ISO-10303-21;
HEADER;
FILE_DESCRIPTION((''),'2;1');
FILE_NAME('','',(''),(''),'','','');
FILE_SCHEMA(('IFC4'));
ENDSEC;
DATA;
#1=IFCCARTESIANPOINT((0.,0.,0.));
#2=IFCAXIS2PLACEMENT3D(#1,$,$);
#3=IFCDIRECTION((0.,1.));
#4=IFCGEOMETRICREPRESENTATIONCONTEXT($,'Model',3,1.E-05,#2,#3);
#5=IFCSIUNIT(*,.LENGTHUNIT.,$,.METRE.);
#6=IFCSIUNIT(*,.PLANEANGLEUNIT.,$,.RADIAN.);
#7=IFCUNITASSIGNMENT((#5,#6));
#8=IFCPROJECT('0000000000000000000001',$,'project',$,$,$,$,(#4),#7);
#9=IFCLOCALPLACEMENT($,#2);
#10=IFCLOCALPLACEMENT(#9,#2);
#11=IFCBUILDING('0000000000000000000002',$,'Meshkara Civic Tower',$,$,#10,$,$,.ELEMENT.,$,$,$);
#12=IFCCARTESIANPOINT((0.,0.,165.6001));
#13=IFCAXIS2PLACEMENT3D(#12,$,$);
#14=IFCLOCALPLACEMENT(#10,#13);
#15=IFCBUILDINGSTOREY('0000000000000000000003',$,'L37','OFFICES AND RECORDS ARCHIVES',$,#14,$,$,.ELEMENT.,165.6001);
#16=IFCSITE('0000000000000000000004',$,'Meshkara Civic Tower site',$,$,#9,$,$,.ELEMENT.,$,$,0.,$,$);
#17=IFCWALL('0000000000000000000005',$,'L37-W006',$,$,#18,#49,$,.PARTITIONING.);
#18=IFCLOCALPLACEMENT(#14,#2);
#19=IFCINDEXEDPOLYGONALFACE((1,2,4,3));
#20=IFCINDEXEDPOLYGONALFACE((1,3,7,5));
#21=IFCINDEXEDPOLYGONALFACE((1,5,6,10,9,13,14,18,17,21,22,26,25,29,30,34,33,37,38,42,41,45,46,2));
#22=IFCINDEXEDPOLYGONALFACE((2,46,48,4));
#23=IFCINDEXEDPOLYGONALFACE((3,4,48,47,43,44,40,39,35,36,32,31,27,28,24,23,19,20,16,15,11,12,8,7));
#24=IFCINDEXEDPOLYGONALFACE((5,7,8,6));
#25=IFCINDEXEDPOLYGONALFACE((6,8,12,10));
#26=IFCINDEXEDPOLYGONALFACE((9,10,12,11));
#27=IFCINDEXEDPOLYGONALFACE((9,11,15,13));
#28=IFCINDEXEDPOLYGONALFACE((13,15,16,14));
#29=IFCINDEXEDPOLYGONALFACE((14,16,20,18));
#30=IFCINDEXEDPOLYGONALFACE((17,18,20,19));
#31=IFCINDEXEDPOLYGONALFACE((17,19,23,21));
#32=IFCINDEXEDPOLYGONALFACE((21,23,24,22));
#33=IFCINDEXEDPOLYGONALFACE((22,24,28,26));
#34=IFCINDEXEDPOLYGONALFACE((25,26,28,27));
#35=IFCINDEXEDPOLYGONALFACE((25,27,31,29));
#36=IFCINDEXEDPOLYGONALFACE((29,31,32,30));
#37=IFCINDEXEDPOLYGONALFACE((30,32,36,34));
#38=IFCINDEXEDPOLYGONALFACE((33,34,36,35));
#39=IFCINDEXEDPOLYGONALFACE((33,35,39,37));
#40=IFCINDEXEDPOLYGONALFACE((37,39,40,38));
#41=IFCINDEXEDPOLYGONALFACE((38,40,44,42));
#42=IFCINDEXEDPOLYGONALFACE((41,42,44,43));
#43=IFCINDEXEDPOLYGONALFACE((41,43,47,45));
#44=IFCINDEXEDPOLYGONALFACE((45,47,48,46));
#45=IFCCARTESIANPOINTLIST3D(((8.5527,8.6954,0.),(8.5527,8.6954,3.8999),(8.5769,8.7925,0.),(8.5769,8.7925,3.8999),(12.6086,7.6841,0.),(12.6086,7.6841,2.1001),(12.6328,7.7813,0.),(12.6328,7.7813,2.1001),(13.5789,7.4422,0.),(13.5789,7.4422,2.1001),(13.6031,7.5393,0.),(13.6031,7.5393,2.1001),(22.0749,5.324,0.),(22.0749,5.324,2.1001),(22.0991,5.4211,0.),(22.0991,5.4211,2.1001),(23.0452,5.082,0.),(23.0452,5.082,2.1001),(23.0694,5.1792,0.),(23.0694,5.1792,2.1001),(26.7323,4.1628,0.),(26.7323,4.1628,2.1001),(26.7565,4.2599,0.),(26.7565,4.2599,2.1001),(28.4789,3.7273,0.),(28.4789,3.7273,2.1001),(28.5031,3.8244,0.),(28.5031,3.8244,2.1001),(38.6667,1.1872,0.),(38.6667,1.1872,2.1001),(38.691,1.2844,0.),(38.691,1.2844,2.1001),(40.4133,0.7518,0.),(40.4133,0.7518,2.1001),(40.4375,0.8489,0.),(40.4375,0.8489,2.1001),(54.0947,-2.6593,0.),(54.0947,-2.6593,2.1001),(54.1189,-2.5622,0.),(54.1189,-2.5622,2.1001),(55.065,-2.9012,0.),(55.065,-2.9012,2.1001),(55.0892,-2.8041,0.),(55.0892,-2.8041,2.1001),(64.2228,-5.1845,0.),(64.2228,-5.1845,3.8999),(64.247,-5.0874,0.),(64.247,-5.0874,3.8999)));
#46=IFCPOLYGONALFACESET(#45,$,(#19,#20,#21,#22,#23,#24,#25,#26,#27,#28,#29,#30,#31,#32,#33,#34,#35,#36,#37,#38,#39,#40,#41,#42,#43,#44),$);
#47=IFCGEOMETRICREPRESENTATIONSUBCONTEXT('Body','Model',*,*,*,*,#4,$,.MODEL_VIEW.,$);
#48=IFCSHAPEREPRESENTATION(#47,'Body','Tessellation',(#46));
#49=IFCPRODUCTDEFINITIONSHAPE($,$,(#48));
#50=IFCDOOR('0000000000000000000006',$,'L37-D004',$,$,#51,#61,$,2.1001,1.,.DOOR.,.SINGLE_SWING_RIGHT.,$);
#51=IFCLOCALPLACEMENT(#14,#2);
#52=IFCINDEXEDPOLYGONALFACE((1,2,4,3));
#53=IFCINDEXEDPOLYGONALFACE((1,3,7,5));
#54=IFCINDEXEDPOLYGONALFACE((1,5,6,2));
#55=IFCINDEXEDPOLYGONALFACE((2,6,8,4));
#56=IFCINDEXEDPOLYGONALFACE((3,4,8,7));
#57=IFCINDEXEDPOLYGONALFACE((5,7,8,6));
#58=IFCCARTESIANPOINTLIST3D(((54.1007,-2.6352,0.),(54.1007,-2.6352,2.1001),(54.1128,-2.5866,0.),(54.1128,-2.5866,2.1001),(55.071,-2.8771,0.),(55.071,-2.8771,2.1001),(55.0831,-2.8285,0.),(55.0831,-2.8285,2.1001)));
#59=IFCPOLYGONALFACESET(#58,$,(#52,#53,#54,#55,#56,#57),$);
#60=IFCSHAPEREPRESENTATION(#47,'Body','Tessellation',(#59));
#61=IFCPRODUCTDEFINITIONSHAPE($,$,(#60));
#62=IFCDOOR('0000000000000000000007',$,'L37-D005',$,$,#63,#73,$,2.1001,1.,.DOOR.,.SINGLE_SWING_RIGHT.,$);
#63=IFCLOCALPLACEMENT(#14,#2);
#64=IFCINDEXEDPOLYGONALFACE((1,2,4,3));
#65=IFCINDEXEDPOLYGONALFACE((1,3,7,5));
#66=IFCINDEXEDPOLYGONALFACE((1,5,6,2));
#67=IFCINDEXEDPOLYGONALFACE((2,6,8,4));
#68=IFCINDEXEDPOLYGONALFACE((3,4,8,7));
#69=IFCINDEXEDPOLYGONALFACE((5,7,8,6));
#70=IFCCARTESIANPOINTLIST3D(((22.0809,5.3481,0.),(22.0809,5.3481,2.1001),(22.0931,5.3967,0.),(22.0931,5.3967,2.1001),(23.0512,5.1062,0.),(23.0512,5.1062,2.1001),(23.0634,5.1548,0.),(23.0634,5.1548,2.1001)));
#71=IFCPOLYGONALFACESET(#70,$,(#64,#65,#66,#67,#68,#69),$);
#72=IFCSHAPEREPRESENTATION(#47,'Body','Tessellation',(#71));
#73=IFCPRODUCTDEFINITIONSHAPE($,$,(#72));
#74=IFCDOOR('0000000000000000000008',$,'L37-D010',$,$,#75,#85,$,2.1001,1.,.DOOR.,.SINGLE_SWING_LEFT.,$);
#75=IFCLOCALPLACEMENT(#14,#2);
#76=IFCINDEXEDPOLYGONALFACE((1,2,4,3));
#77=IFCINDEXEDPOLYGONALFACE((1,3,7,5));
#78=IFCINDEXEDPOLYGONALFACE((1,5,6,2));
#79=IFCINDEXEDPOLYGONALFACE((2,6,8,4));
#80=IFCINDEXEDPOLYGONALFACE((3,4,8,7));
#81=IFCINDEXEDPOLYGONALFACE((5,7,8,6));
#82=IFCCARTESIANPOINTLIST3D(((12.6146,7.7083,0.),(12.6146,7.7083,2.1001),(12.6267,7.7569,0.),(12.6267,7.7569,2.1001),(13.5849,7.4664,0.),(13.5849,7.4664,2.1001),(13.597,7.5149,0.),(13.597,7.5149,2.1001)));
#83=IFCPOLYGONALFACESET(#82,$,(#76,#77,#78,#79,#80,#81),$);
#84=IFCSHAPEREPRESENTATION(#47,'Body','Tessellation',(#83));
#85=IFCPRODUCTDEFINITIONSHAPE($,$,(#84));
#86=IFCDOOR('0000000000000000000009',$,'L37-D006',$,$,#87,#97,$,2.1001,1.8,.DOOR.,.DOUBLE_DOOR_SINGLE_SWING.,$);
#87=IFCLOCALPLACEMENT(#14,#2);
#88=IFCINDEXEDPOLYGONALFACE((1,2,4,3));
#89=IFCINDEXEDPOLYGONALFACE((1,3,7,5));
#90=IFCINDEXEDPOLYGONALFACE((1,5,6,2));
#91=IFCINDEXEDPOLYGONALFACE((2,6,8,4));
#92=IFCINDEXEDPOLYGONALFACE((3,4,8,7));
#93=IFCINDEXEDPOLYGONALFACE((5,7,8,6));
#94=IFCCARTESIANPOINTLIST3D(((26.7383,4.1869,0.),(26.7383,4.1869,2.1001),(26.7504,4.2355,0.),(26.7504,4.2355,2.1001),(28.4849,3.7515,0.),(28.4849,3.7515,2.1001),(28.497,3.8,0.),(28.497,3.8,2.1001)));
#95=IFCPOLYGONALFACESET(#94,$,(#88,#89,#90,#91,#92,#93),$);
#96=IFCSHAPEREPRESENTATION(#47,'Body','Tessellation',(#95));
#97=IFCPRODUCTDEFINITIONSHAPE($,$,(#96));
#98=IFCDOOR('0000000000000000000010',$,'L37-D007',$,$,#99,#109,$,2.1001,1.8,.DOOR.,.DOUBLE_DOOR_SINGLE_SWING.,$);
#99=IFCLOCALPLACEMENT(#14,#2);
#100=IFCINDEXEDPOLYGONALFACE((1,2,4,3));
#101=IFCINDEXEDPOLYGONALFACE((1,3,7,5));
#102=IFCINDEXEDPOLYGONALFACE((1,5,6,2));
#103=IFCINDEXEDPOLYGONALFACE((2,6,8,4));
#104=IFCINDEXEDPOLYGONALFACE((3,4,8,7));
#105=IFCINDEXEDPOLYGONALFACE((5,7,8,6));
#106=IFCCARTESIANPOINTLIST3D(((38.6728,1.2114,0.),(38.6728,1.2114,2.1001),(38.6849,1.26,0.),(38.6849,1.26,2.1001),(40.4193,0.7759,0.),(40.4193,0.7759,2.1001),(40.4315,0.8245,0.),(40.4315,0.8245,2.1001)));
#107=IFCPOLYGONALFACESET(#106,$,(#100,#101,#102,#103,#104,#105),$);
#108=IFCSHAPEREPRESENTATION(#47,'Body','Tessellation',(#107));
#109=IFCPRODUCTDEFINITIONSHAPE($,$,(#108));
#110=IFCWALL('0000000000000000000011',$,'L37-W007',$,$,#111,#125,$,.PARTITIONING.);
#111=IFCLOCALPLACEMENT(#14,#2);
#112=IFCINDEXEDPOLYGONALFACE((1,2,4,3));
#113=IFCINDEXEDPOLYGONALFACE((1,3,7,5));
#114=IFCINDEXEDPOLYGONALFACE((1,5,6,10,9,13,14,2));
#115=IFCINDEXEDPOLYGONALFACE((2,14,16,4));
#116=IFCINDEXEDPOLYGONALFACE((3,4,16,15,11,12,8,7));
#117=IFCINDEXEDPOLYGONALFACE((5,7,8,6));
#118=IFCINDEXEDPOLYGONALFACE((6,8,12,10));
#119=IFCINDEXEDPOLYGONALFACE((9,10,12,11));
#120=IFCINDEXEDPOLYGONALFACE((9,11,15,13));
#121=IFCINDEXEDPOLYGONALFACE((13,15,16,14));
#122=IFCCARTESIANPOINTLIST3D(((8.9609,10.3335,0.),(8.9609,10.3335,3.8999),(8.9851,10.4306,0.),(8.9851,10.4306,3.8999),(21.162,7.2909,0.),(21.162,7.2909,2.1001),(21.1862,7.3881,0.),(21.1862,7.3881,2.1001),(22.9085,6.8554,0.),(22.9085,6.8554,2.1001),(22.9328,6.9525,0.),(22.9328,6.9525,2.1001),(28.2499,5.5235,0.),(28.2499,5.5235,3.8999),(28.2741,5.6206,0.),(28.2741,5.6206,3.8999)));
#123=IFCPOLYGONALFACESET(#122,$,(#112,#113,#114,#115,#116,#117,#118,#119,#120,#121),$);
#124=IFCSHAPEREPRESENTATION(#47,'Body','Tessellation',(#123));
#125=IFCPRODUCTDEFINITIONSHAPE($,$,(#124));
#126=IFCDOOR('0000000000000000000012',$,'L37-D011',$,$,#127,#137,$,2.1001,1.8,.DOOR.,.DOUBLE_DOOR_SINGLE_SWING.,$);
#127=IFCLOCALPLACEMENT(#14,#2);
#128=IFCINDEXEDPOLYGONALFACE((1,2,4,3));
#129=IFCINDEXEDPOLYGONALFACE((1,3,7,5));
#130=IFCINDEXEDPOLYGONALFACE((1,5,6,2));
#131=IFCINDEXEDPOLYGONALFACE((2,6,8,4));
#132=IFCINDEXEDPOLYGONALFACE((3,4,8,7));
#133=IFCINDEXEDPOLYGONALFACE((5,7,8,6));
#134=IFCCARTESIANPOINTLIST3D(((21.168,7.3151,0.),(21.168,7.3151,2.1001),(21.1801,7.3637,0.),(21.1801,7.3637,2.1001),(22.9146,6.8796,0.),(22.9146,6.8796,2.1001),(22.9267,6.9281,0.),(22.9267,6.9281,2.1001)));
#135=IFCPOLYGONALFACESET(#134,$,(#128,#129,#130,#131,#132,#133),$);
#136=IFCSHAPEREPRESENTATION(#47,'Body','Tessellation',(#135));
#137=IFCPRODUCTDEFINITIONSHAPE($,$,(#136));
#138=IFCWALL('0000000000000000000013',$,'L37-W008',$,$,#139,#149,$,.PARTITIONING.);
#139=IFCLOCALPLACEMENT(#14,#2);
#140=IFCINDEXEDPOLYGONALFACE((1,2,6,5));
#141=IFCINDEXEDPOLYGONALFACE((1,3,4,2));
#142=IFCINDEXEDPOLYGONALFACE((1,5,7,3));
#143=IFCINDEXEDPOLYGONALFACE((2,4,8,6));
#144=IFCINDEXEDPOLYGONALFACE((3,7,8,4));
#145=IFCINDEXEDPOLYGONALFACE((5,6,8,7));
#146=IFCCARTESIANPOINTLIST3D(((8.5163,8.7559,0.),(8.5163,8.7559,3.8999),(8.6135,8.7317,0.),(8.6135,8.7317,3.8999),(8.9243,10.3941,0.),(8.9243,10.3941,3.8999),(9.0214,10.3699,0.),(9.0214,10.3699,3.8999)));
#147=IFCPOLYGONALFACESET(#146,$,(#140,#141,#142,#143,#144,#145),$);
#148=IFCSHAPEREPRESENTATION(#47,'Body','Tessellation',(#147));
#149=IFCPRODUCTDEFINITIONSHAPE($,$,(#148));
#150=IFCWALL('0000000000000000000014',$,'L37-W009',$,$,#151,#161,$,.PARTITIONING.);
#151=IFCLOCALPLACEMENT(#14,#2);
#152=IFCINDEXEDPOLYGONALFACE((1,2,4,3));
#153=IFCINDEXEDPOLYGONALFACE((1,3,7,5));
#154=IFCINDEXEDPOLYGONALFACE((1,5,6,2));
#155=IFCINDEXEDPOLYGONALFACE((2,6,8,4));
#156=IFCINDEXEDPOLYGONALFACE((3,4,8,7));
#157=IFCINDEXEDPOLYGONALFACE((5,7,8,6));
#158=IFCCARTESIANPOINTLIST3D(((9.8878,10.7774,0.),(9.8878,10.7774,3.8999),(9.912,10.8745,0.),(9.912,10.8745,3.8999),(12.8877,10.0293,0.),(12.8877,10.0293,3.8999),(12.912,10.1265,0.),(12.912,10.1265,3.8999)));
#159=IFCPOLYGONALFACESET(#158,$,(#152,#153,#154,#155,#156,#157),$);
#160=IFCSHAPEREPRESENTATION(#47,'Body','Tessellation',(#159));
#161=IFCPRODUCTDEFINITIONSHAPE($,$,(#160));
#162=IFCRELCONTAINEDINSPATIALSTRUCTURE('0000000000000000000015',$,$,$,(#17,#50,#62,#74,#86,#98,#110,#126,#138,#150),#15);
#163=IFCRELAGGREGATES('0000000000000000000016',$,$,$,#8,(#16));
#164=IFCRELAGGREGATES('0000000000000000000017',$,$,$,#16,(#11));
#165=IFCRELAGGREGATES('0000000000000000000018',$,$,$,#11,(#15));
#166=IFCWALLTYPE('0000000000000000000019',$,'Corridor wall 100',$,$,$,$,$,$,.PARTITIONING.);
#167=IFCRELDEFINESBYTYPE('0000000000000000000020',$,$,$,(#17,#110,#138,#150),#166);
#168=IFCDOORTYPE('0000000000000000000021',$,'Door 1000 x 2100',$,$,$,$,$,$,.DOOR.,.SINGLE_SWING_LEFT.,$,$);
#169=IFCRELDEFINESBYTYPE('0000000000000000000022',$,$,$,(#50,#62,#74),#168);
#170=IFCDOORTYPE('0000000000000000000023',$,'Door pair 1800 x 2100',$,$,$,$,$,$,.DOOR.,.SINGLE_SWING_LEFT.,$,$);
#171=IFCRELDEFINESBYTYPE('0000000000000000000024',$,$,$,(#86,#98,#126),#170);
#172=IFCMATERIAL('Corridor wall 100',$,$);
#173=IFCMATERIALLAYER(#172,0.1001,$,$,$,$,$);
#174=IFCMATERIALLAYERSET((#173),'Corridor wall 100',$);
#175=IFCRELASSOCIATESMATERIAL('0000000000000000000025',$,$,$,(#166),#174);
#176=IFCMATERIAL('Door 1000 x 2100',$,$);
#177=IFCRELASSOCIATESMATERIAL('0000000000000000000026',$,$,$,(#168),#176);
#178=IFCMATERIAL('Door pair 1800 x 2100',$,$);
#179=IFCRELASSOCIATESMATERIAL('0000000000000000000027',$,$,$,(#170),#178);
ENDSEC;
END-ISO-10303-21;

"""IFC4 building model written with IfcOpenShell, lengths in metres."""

from ifc_helpers import new_model, si_unit, direction, frame, frame_2d, origin, place, context, subcontext, project, spatial, rectangle, extrude, material, layer, layer_set, type_object, element, fill, save


model = new_model("IFC4")

# Units and contexts
model_context = context("Model", 3, precision=1e-05, world=origin(), true_north=direction((0.0, 1.0)))
body_context = subcontext(model_context, "Body", "Model", "MODEL_VIEW")
ifc_project = project(units=[si_unit("LENGTHUNIT", "METRE"), si_unit("PLANEANGLEUNIT", "RADIAN")], contexts=[model_context])

# Site, building, storey
site_placement = place(None, origin())
site = spatial("IfcSite", under=ifc_project, at=site_placement, Name="Meshkara Civic Tower site", CompositionType="ELEMENT", RefElevation=0.0)
building_placement = place(site_placement, origin())
building = spatial("IfcBuilding", under=site, at=building_placement, Name="Meshkara Civic Tower", CompositionType="ELEMENT")
storey_placement = place(building_placement, frame((0.0, 0.0, 165.6001)))
storey = spatial("IfcBuildingStorey", under=building, at=storey_placement, Name="L37", Description="OFFICES AND RECORDS ARCHIVES", CompositionType="ELEMENT", Elevation=165.6001)

# Shared definitions
ifc_material_1 = material(Name="Corridor wall 100")
ifc_layer_1 = layer(ifc_material_1, 0.1001)
ifc_layer_set_1 = layer_set([ifc_layer_1], Name="Corridor wall 100")
wall_type_1 = type_object("IfcWallType", Name="Corridor wall 100", PredefinedType="PARTITIONING", material=ifc_layer_set_1)
ifc_material_2 = material(Name="Door 1000 x 2100")
door_type_1 = type_object("IfcDoorType", Name="Door 1000 x 2100", OperationType="SINGLE_SWING_LEFT", PredefinedType="DOOR", material=ifc_material_2)

# Wall, openings, doors
wall_1_placement = place(storey_placement, frame((8.5649, 8.7439, 0.0), z_axis=(0.0, 0.0, 1.0), x_axis=(0.970297, -0.241918, 0.0)))
wall_1 = element("IfcWall", 1, at=wall_1_placement, inside=storey, type_object=wall_type_1, Name="L37-W006", PredefinedType="PARTITIONING", context=body_context, shape_type="SweptSolid", body=[
    extrude(rectangle(XDim=57.3743, YDim=0.1001, at=frame_2d((28.687, 0.0))), origin(), (0.0, 0.0, 1.0), 3.8999),
])
opening_1_placement = place(wall_1_placement, frame((46.936, 0.0, 0.0)))
opening_1 = element("IfcOpeningElement", 2, at=opening_1_placement, cuts=wall_1, PredefinedType="OPENING", context=body_context, shape_type="SweptSolid", body=[
    extrude(rectangle(XDim=1.0, YDim=2.1001, at=frame_2d((0.5, 1.05))), frame((0.0, 0.0601, 0.0), z_axis=(0.0, -1.0, 0.0), x_axis=(1.0, 0.0, 0.0)), (0.0, 0.0, 1.0), 0.1201),
])
opening_2_placement = place(wall_1_placement, frame((13.936, 0.0, 0.0)))
opening_2 = element("IfcOpeningElement", 3, at=opening_2_placement, cuts=wall_1, PredefinedType="OPENING", context=body_context, shape_type="SweptSolid", body=[
    extrude(rectangle(XDim=1.0, YDim=2.1001, at=frame_2d((0.5, 1.05))), frame((0.0, 0.0601, 0.0), z_axis=(0.0, -1.0, 0.0), x_axis=(1.0, 0.0, 0.0)), (0.0, 0.0, 1.0), 0.1201),
])
opening_3_placement = place(wall_1_placement, frame((18.7361, 0.0, 0.0)))
opening_3 = element("IfcOpeningElement", 4, at=opening_3_placement, cuts=wall_1, PredefinedType="OPENING", context=body_context, shape_type="SweptSolid", body=[
    extrude(rectangle(XDim=1.8, YDim=2.1001, at=frame_2d((0.8999, 1.05))), frame((0.0, 0.0601, 0.0), z_axis=(0.0, -1.0, 0.0), x_axis=(1.0, 0.0, 0.0)), (0.0, 0.0, 1.0), 0.1201),
])
opening_4_placement = place(wall_1_placement, frame((31.0359, 0.0, 0.0)))
opening_4 = element("IfcOpeningElement", 5, at=opening_4_placement, cuts=wall_1, PredefinedType="OPENING", context=body_context, shape_type="SweptSolid", body=[
    extrude(rectangle(XDim=1.8, YDim=2.1001, at=frame_2d((0.8999, 1.05))), frame((0.0, 0.0601, 0.0), z_axis=(0.0, -1.0, 0.0), x_axis=(1.0, 0.0, 0.0)), (0.0, 0.0, 1.0), 0.1201),
])
opening_5_placement = place(wall_1_placement, frame((4.1799, 0.0, 0.0)))
opening_5 = element("IfcOpeningElement", 6, at=opening_5_placement, cuts=wall_1, PredefinedType="OPENING", context=body_context, shape_type="SweptSolid", body=[
    extrude(rectangle(XDim=1.0, YDim=2.1001, at=frame_2d((0.5, 1.05))), frame((0.0, 0.0601, 0.0), z_axis=(0.0, -1.0, 0.0), x_axis=(1.0, 0.0, 0.0)), (0.0, 0.0, 1.0), 0.1201),
])
door_1_placement = place(opening_1_placement, origin())
door_1 = element("IfcDoor", 7, at=door_1_placement, inside=storey, type_object=door_type_1, Name="L37-D004", OperationType="SINGLE_SWING_RIGHT", OverallHeight=2.1001, OverallWidth=1.0, PredefinedType="DOOR", context=body_context, shape_type="SweptSolid", body=[
    extrude(rectangle(XDim=1.0, YDim=2.1001, at=frame_2d((0.5, 1.05))), frame((0.0, 0.0249, 0.0), z_axis=(0.0, -1.0, 0.0), x_axis=(1.0, 0.0, 0.0)), (0.0, 0.0, 1.0), 0.05),
])
fill(opening_1, door_1)
door_2_placement = place(opening_2_placement, origin())
door_2 = element("IfcDoor", 8, at=door_2_placement, inside=storey, type_object=door_type_1, Name="L37-D005", OperationType="SINGLE_SWING_RIGHT", OverallHeight=2.1001, OverallWidth=1.0, PredefinedType="DOOR", context=body_context, shape_type="SweptSolid", body=[
    extrude(rectangle(XDim=1.0, YDim=2.1001, at=frame_2d((0.5, 1.05))), frame((0.0, 0.0249, 0.0), z_axis=(0.0, -1.0, 0.0), x_axis=(1.0, 0.0, 0.0)), (0.0, 0.0, 1.0), 0.05),
])
fill(opening_2, door_2)
door_3_placement = place(opening_5_placement, origin())
door_3 = element("IfcDoor", 9, at=door_3_placement, inside=storey, type_object=door_type_1, Name="L37-D010", OperationType="SINGLE_SWING_LEFT", OverallHeight=2.1001, OverallWidth=1.0, PredefinedType="DOOR", context=body_context, shape_type="SweptSolid", body=[
    extrude(rectangle(XDim=1.0, YDim=2.1001, at=frame_2d((0.5, 1.05))), frame((0.0, 0.0249, 0.0), z_axis=(0.0, -1.0, 0.0), x_axis=(1.0, 0.0, 0.0)), (0.0, 0.0, 1.0), 0.05),
])
fill(opening_5, door_3)
ifc_material_3 = material(Name="Door pair 1800 x 2100")
door_type_2 = type_object("IfcDoorType", Name="Door pair 1800 x 2100", OperationType="SINGLE_SWING_LEFT", PredefinedType="DOOR", material=ifc_material_3)
door_4_placement = place(opening_3_placement, origin())
door_4 = element("IfcDoor", 10, at=door_4_placement, inside=storey, type_object=door_type_2, Name="L37-D006", OperationType="DOUBLE_DOOR_SINGLE_SWING", OverallHeight=2.1001, OverallWidth=1.8, PredefinedType="DOOR", context=body_context, shape_type="SweptSolid", body=[
    extrude(rectangle(XDim=1.8, YDim=2.1001, at=frame_2d((0.8999, 1.05))), frame((0.0, 0.0249, 0.0), z_axis=(0.0, -1.0, 0.0), x_axis=(1.0, 0.0, 0.0)), (0.0, 0.0, 1.0), 0.05),
])
fill(opening_3, door_4)
door_5_placement = place(opening_4_placement, origin())
door_5 = element("IfcDoor", 11, at=door_5_placement, inside=storey, type_object=door_type_2, Name="L37-D007", OperationType="DOUBLE_DOOR_SINGLE_SWING", OverallHeight=2.1001, OverallWidth=1.8, PredefinedType="DOOR", context=body_context, shape_type="SweptSolid", body=[
    extrude(rectangle(XDim=1.8, YDim=2.1001, at=frame_2d((0.8999, 1.05))), frame((0.0, 0.0249, 0.0), z_axis=(0.0, -1.0, 0.0), x_axis=(1.0, 0.0, 0.0)), (0.0, 0.0, 1.0), 0.05),
])
fill(opening_4, door_5)

# Wall, opening, door
wall_2_placement = place(storey_placement, frame((8.9729, 10.3821, 0.0), z_axis=(0.0, 0.0, 1.0), x_axis=(0.970287, -0.241958, 0.0)))
wall_2 = element("IfcWall", 12, at=wall_2_placement, inside=storey, type_object=wall_type_1, Name="L37-W007", PredefinedType="PARTITIONING", context=body_context, shape_type="SweptSolid", body=[
    extrude(rectangle(XDim=19.8796, YDim=0.1001, at=frame_2d((9.9399, 0.0))), origin(), (0.0, 0.0, 1.0), 3.8999),
])
opening_6_placement = place(wall_2_placement, frame((12.575, 0.0, 0.0)))
opening_6 = element("IfcOpeningElement", 13, at=opening_6_placement, cuts=wall_2, PredefinedType="OPENING", context=body_context, shape_type="SweptSolid", body=[
    extrude(rectangle(XDim=1.8, YDim=2.1001, at=frame_2d((0.8999, 1.05))), frame((0.0, 0.0601, 0.0), z_axis=(0.0, -1.0, 0.0), x_axis=(1.0, 0.0, 0.0)), (0.0, 0.0, 1.0), 0.1201),
])
door_6_placement = place(opening_6_placement, origin())
door_6 = element("IfcDoor", 14, at=door_6_placement, inside=storey, type_object=door_type_2, Name="L37-D011", OperationType="DOUBLE_DOOR_SINGLE_SWING", OverallHeight=2.1001, OverallWidth=1.8, PredefinedType="DOOR", context=body_context, shape_type="SweptSolid", body=[
    extrude(rectangle(XDim=1.8, YDim=2.1001, at=frame_2d((0.8999, 1.05))), frame((0.0, 0.0249, 0.0), z_axis=(0.0, -1.0, 0.0), x_axis=(1.0, 0.0, 0.0)), (0.0, 0.0, 1.0), 0.05),
])
fill(opening_6, door_6)

# Walls
wall_3_placement = place(storey_placement, frame((8.9729, 10.3821, 0.0), z_axis=(0.0, 0.0, 1.0), x_axis=(-0.241651, -0.970363, 0.0)))
element("IfcWall", 15, at=wall_3_placement, inside=storey, type_object=wall_type_1, Name="L37-W008", PredefinedType="PARTITIONING", context=body_context, shape_type="SweptSolid", body=[
    extrude(rectangle(XDim=1.6882, YDim=0.1001, at=frame_2d((0.8442, 0.0))), origin(), (0.0, 0.0, 1.0), 3.8999),
])
wall_4_placement = place(storey_placement, frame((9.8999, 10.8259, 0.0), z_axis=(0.0, 0.0, 1.0), x_axis=(0.970291, -0.241941, 0.0)))
element("IfcWall", 16, at=wall_4_placement, inside=storey, type_object=wall_type_1, Name="L37-W009", PredefinedType="PARTITIONING", context=body_context, shape_type="SweptSolid", body=[
    extrude(rectangle(XDim=3.0918, YDim=0.1001, at=frame_2d((1.5459, 0.0))), origin(), (0.0, 0.0, 1.0), 3.8999),
])

save(model, "model.ifc")
